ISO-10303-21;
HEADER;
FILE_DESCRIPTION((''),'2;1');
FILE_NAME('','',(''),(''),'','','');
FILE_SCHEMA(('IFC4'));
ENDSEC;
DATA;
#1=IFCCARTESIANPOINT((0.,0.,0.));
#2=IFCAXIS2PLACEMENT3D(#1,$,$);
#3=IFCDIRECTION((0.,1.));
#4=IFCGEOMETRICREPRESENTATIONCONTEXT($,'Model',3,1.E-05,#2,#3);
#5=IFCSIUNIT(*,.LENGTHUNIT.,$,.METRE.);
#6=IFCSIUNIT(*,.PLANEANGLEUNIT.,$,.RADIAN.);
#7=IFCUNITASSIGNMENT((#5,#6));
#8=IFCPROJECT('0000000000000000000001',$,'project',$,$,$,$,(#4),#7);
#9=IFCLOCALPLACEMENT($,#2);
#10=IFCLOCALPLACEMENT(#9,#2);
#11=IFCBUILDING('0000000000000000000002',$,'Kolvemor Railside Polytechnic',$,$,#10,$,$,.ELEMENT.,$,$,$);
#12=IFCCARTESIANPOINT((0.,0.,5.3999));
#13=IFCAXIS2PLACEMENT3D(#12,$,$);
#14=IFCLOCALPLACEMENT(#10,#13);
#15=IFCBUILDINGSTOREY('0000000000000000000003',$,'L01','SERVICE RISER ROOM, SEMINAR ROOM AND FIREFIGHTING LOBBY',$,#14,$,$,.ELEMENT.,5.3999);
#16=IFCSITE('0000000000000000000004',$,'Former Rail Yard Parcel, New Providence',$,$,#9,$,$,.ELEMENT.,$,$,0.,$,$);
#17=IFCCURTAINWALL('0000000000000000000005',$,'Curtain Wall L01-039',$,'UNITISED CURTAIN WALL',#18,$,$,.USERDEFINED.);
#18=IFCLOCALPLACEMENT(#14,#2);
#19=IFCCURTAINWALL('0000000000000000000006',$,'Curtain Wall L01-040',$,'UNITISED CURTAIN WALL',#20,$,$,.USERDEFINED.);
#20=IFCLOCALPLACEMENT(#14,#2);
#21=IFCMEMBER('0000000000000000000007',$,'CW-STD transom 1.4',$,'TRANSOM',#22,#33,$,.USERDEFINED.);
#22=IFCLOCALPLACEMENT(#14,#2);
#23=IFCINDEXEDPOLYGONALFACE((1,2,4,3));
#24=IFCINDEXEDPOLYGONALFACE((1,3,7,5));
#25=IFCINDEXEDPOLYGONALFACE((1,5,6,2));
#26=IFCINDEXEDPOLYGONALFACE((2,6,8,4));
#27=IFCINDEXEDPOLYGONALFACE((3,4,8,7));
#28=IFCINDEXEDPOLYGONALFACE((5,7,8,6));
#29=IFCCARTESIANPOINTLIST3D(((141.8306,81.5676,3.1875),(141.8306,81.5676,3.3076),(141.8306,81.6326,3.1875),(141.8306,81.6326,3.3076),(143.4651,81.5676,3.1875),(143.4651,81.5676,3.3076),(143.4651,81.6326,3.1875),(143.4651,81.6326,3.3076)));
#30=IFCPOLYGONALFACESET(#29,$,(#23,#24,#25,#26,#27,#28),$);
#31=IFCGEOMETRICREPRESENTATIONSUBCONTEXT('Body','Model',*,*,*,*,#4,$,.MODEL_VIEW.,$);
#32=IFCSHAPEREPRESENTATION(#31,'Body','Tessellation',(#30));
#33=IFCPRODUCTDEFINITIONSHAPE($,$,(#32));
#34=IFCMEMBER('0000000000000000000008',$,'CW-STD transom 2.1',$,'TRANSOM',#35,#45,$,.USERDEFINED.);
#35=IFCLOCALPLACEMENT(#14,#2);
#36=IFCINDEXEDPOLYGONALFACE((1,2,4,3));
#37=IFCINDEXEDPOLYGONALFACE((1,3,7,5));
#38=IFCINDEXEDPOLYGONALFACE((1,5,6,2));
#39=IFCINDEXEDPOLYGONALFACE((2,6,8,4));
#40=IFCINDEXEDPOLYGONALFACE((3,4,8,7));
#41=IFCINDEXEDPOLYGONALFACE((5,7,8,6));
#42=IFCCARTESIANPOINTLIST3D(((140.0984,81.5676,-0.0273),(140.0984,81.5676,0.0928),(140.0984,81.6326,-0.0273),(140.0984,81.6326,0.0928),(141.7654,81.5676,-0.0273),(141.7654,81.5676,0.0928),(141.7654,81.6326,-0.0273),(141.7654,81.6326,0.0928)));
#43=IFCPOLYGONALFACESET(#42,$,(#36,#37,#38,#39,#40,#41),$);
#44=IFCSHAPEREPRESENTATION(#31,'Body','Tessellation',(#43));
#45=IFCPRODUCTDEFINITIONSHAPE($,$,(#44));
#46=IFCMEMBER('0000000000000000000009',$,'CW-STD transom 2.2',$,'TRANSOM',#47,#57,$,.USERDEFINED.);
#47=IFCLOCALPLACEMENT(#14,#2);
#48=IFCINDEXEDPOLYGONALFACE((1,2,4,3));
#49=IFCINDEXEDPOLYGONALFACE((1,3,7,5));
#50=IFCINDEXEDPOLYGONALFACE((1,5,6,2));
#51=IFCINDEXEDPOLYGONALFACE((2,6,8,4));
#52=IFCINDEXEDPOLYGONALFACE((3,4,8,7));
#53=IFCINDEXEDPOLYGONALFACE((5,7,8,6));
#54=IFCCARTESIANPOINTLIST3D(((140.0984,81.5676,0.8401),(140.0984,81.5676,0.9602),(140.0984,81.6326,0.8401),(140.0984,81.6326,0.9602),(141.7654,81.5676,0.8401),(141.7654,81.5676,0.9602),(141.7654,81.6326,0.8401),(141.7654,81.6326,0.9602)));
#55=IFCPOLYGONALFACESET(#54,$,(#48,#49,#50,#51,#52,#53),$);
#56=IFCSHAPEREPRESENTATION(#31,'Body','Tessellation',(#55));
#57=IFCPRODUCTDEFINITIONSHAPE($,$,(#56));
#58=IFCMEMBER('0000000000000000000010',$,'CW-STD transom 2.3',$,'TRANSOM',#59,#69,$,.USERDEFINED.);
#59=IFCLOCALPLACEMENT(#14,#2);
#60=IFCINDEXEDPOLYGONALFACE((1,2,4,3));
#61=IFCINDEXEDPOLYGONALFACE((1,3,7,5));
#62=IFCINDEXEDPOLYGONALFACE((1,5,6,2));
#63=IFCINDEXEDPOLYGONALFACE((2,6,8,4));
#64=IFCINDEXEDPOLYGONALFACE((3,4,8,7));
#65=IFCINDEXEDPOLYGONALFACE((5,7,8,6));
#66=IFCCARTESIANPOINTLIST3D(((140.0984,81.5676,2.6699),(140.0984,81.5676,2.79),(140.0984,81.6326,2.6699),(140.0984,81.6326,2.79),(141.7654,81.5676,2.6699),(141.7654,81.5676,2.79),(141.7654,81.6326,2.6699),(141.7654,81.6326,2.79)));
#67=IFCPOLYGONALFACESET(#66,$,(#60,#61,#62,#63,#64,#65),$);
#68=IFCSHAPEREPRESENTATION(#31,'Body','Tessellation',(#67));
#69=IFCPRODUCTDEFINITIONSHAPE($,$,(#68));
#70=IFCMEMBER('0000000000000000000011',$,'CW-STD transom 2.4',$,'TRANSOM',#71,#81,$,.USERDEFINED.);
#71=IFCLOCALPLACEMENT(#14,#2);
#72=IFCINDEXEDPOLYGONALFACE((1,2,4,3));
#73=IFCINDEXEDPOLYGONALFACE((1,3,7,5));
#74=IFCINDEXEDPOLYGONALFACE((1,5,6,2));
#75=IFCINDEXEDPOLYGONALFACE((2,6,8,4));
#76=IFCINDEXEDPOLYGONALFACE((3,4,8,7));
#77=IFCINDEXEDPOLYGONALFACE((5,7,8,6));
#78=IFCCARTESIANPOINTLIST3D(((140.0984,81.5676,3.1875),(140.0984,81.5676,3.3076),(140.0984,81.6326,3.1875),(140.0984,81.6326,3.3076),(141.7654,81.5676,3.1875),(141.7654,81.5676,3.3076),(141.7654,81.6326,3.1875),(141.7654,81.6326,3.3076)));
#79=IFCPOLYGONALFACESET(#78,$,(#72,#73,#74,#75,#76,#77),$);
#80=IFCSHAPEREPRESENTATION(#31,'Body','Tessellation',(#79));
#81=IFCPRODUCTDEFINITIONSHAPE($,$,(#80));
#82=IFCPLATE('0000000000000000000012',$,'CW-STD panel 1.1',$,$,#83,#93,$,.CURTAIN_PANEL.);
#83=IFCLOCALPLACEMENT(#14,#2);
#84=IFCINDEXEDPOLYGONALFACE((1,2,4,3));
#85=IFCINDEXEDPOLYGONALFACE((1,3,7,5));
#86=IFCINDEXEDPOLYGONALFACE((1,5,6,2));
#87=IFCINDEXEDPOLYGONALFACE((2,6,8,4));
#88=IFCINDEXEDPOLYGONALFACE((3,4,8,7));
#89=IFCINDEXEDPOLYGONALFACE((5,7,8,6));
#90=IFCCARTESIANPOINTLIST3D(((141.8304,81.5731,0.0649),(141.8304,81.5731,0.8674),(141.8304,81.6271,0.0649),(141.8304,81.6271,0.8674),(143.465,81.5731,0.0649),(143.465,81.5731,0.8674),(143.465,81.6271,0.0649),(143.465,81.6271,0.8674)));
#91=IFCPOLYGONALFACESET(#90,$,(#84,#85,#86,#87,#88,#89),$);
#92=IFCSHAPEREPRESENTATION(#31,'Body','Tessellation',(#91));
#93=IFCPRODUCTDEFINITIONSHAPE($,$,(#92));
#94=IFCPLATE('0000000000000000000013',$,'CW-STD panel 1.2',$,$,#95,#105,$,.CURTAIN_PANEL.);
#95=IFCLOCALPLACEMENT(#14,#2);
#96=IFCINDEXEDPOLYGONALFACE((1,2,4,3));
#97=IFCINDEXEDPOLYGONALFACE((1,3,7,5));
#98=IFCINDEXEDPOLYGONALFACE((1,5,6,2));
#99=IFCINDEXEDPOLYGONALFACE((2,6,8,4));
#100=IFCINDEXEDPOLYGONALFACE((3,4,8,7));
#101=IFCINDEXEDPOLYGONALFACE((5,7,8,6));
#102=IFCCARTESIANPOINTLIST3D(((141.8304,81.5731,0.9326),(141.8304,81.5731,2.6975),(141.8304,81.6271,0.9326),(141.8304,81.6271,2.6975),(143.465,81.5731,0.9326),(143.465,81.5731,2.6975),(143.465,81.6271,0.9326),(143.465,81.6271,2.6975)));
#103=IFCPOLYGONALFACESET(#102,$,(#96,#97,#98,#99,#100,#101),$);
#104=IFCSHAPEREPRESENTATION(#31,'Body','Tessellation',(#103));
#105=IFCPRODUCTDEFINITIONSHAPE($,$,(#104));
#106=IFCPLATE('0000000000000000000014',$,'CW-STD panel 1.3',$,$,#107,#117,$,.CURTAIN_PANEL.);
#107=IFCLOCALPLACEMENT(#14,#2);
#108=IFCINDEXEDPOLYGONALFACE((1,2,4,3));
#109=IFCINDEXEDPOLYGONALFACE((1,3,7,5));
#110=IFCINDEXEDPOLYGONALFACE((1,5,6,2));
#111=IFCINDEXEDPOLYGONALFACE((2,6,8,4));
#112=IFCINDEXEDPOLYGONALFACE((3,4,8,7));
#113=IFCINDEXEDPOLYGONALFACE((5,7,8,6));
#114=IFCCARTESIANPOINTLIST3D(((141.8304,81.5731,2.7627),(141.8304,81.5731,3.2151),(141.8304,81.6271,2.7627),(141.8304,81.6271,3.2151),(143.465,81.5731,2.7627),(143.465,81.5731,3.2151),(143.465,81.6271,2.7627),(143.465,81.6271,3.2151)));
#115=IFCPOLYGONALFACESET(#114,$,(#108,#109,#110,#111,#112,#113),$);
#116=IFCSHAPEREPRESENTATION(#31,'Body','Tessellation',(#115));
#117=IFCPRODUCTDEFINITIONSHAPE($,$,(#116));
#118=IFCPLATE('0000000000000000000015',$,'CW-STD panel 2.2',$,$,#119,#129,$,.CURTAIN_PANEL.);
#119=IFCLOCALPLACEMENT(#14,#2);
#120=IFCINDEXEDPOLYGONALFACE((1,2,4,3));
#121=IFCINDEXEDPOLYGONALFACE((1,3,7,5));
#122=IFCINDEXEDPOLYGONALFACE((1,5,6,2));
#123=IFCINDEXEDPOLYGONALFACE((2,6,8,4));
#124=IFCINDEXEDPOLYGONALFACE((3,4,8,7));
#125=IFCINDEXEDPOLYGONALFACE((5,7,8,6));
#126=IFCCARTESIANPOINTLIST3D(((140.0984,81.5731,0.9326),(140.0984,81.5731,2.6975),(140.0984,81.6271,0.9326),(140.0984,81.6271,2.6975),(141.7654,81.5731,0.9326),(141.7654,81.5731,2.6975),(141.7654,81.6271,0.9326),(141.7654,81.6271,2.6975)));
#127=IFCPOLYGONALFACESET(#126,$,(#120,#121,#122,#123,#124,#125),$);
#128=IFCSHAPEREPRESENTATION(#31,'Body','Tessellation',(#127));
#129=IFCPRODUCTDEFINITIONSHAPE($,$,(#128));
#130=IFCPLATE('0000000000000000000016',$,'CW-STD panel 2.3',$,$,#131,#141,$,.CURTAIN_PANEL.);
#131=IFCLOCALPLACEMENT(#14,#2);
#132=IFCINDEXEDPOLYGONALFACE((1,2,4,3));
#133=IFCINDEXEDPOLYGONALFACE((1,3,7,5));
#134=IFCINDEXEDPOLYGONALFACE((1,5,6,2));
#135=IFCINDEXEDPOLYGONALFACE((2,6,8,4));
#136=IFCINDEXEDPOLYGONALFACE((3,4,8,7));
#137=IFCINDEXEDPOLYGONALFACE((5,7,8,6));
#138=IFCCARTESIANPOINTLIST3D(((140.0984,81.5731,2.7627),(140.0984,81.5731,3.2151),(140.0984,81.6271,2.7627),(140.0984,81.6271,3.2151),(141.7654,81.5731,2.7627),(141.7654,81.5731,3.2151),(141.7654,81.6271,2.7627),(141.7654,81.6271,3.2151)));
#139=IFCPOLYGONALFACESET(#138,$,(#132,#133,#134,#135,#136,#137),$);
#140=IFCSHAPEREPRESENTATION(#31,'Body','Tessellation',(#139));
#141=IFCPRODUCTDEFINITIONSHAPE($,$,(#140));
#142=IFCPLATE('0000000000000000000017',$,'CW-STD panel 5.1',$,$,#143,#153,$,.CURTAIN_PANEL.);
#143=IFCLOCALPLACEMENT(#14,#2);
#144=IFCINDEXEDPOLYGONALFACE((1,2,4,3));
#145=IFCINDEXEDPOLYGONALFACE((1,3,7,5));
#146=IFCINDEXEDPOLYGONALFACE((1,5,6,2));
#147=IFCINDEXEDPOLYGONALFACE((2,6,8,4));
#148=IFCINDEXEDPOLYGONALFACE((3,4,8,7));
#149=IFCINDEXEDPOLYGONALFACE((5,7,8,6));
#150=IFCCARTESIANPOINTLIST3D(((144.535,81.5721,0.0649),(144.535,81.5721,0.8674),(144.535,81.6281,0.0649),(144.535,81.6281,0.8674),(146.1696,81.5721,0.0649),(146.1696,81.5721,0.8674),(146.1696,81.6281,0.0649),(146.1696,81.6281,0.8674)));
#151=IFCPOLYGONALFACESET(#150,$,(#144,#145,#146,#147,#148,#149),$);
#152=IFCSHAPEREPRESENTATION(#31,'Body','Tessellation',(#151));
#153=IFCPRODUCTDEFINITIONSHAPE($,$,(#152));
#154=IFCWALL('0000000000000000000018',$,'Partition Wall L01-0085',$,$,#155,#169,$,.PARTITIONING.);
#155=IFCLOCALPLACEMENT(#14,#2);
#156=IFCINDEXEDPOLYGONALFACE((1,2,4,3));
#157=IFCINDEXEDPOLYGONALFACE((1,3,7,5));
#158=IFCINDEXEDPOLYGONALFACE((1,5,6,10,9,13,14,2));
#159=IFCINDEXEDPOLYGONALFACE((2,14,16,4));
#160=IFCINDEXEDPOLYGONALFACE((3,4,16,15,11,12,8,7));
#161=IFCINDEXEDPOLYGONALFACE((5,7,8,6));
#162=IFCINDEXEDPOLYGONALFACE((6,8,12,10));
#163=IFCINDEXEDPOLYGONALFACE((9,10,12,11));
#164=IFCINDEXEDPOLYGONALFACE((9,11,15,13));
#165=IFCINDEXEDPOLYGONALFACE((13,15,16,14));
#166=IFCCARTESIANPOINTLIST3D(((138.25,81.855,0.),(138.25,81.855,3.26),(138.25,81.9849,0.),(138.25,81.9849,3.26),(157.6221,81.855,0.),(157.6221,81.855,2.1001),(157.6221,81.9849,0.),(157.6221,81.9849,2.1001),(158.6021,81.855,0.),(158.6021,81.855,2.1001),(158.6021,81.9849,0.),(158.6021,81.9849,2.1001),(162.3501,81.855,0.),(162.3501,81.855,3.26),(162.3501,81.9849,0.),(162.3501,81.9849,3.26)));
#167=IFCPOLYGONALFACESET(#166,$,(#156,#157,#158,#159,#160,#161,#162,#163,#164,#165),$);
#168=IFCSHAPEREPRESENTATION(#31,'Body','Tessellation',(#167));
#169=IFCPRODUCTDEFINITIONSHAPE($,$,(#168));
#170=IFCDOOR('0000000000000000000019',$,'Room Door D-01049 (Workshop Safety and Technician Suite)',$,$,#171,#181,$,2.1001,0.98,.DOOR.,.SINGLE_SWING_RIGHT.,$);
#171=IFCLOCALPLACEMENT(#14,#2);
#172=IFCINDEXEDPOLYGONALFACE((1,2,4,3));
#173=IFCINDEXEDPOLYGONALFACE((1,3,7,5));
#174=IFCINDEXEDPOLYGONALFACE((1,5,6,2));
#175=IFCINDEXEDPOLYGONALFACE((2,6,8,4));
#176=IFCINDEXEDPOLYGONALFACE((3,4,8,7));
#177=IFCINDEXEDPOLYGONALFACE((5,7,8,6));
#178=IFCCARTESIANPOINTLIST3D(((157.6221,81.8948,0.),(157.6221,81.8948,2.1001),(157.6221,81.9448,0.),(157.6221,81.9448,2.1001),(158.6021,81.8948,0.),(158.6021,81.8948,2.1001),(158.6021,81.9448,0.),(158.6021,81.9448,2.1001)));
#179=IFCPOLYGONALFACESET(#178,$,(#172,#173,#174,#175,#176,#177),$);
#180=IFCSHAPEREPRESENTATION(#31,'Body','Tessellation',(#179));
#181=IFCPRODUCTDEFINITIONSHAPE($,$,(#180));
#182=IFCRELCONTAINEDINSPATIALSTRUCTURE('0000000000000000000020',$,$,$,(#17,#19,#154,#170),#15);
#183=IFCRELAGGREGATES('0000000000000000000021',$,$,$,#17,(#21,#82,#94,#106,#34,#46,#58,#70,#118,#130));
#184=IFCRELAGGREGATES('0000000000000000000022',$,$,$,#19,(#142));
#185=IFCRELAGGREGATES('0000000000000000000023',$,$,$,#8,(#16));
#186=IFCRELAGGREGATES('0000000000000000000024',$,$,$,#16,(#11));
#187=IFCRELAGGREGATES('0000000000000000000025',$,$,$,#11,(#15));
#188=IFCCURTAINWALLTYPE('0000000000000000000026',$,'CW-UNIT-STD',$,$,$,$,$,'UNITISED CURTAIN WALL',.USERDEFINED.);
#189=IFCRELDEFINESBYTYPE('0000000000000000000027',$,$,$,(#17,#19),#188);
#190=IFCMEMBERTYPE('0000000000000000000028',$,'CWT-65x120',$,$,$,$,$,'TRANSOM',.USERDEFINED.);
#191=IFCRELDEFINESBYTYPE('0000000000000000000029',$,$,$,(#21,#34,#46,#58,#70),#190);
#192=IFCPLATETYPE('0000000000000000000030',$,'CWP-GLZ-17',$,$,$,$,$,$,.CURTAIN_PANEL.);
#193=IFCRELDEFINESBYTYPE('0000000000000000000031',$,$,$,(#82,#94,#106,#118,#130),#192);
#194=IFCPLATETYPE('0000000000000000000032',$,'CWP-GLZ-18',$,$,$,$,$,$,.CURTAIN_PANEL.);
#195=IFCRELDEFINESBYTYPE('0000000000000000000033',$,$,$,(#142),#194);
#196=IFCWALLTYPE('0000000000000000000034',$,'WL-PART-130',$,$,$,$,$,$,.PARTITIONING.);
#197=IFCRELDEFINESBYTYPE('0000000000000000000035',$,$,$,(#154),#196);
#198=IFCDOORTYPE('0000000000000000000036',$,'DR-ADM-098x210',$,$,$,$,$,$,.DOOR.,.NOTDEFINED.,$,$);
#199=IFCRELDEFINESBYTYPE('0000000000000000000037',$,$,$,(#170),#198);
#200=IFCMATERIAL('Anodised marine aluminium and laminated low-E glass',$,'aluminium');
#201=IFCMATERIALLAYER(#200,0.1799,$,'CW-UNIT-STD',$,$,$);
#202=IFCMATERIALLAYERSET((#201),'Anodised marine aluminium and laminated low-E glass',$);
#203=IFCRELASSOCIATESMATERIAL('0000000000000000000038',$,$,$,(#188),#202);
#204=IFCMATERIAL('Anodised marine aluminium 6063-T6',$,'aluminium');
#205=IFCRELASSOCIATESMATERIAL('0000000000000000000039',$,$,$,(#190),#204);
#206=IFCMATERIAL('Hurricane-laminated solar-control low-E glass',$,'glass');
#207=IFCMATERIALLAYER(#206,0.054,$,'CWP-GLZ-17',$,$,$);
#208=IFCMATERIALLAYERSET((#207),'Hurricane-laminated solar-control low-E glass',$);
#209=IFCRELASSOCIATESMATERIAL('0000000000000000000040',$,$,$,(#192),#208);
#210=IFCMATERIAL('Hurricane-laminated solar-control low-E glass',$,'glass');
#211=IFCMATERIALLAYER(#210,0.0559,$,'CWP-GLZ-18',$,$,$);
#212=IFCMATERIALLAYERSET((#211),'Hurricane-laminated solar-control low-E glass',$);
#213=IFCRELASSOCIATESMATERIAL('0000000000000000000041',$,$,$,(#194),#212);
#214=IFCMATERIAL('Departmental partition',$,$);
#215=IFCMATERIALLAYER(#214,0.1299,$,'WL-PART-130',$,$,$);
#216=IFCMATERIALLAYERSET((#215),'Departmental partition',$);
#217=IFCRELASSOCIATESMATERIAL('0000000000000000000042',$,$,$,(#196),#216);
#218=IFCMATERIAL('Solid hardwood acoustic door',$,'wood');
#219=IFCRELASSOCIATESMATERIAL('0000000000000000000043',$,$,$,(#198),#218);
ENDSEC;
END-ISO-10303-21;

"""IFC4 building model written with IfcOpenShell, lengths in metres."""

from ifc_helpers import new_model, si_unit, direction, frame, frame_2d, origin, origin_2d, place, context, subcontext, project, spatial, rectangle, extrude, material, layer, layer_set, material_profile, profile_set, type_object, element, fill, aggregate, save


model = new_model("IFC4")

# Units and contexts
model_context = context("Model", 3, precision=1e-05, world=origin(), true_north=direction((0.0, 1.0)))
body_context = subcontext(model_context, "Body", "Model", "MODEL_VIEW")
ifc_project = project(units=[si_unit("LENGTHUNIT", "METRE"), si_unit("PLANEANGLEUNIT", "RADIAN")], contexts=[model_context])

# Site, building, storey
site_placement = place(None, origin())
site = spatial("IfcSite", under=ifc_project, at=site_placement, Name="Former Rail Yard Parcel, New Providence", CompositionType="ELEMENT", RefElevation=0.0)
building_placement = place(site_placement, origin())
building = spatial("IfcBuilding", under=site, at=building_placement, Name="Kolvemor Railside Polytechnic", CompositionType="ELEMENT")
storey_placement = place(building_placement, frame((0.0, 0.0, 5.3999)))
storey = spatial("IfcBuildingStorey", under=building, at=storey_placement, Name="L01", Description="SERVICE RISER ROOM, SEMINAR ROOM AND FIREFIGHTING LOBBY", CompositionType="ELEMENT", Elevation=5.3999)

# Curtain wall
ifc_material_1 = material(Name="Anodised marine aluminium and laminated low-E glass", Category="aluminium")
ifc_layer_1 = layer(ifc_material_1, 0.1799, Name="CW-UNIT-STD")
ifc_layer_set_1 = layer_set([ifc_layer_1], Name="Anodised marine aluminium and laminated low-E glass")
curtain_wall_type = type_object("IfcCurtainWallType", Name="CW-UNIT-STD", ElementType="UNITISED CURTAIN WALL", PredefinedType="USERDEFINED", material=ifc_layer_set_1)
curtain_wall_1_placement = place(storey_placement, origin())
curtain_wall_1 = element("IfcCurtainWall", 1, at=curtain_wall_1_placement, inside=storey, type_object=curtain_wall_type, Name="Curtain Wall L01-039", ObjectType="UNITISED CURTAIN WALL", PredefinedType="USERDEFINED")

# Curtain wall
curtain_wall_2_placement = place(storey_placement, origin())
curtain_wall_2 = element("IfcCurtainWall", 2, at=curtain_wall_2_placement, inside=storey, type_object=curtain_wall_type, Name="Curtain Wall L01-040", ObjectType="UNITISED CURTAIN WALL", PredefinedType="USERDEFINED")

# Members
ifc_material_2 = material(Name="Anodised marine aluminium 6063-T6", Category="aluminium")
ifc_material_profile_1 = material_profile(ifc_material_2, rectangle(XDim=0.0649, YDim=0.1201, at=origin_2d()), Name="CW-TRN-65x120")
ifc_profile_set_1 = profile_set([ifc_material_profile_1], Name="Anodised marine aluminium 6063-T6")
member_type_1 = type_object("IfcMemberType", Name="CWT-65x120", ElementType="TRANSOM", PredefinedType="USERDEFINED", material=ifc_profile_set_1)
member_1_placement = place(storey_placement, frame((143.4651, 81.6001, 3.2476), z_axis=(-1.0, 0.0, 0.0), x_axis=(0.0, -1.0, 0.0)))
member_1 = element("IfcMember", 3, at=member_1_placement, type_object=member_type_1, Name="CW-STD transom 1.4", ObjectType="TRANSOM", PredefinedType="USERDEFINED", context=body_context, shape_type="SweptSolid", body=[
    extrude(rectangle(XDim=0.0649, YDim=0.1201, at=origin_2d()), origin(), (0.0, 0.0, 1.0), 1.6345),
])
member_2_placement = place(storey_placement, frame((141.7654, 81.6001, 0.0327), z_axis=(-1.0, 0.0, 0.0), x_axis=(0.0, -1.0, 0.0)))
member_2 = element("IfcMember", 4, at=member_2_placement, type_object=member_type_1, Name="CW-STD transom 2.1", ObjectType="TRANSOM", PredefinedType="USERDEFINED", context=body_context, shape_type="SweptSolid", body=[
    extrude(rectangle(XDim=0.0649, YDim=0.1201, at=origin_2d()), origin(), (0.0, 0.0, 1.0), 1.667),
])
member_3_placement = place(storey_placement, frame((141.7654, 81.6001, 0.9001), z_axis=(-1.0, 0.0, 0.0), x_axis=(0.0, -1.0, 0.0)))
member_3 = element("IfcMember", 5, at=member_3_placement, type_object=member_type_1, Name="CW-STD transom 2.2", ObjectType="TRANSOM", PredefinedType="USERDEFINED", context=body_context, shape_type="SweptSolid", body=[
    extrude(rectangle(XDim=0.0649, YDim=0.1201, at=origin_2d()), origin(), (0.0, 0.0, 1.0), 1.667),
])
member_4_placement = place(storey_placement, frame((141.7654, 81.6001, 2.73), z_axis=(-1.0, 0.0, 0.0), x_axis=(0.0, -1.0, 0.0)))
member_4 = element("IfcMember", 6, at=member_4_placement, type_object=member_type_1, Name="CW-STD transom 2.3", ObjectType="TRANSOM", PredefinedType="USERDEFINED", context=body_context, shape_type="SweptSolid", body=[
    extrude(rectangle(XDim=0.0649, YDim=0.1201, at=origin_2d()), origin(), (0.0, 0.0, 1.0), 1.667),
])
member_5_placement = place(storey_placement, frame((141.7654, 81.6001, 3.2476), z_axis=(-1.0, 0.0, 0.0), x_axis=(0.0, -1.0, 0.0)))
member_5 = element("IfcMember", 7, at=member_5_placement, type_object=member_type_1, Name="CW-STD transom 2.4", ObjectType="TRANSOM", PredefinedType="USERDEFINED", context=body_context, shape_type="SweptSolid", body=[
    extrude(rectangle(XDim=0.0649, YDim=0.1201, at=origin_2d()), origin(), (0.0, 0.0, 1.0), 1.667),
])

# Plates
ifc_material_3 = material(Name="Hurricane-laminated solar-control low-E glass", Category="glass")
ifc_layer_2 = layer(ifc_material_3, 0.054, Name="CWP-GLZ-17")
ifc_layer_set_2 = layer_set([ifc_layer_2], Name="Hurricane-laminated solar-control low-E glass")
plate_type_1 = type_object("IfcPlateType", Name="CWP-GLZ-17", PredefinedType="CURTAIN_PANEL", material=ifc_layer_set_2)
plate_1_placement = place(storey_placement, frame((142.6477, 81.6001, 0.0649), z_axis=(0.0, 0.0, 1.0), x_axis=(-1.0, 0.0, 0.0)))
plate_1 = element("IfcPlate", 8, at=plate_1_placement, type_object=plate_type_1, Name="CW-STD panel 1.1", PredefinedType="CURTAIN_PANEL", context=body_context, shape_type="SweptSolid", body=[
    extrude(rectangle(XDim=1.6345, YDim=0.054, at=origin_2d()), origin(), (0.0, 0.0, 1.0), 0.8025),
])
plate_2_placement = place(storey_placement, frame((142.6477, 81.6001, 0.9326), z_axis=(0.0, 0.0, 1.0), x_axis=(-1.0, 0.0, 0.0)))
plate_2 = element("IfcPlate", 9, at=plate_2_placement, type_object=plate_type_1, Name="CW-STD panel 1.2", PredefinedType="CURTAIN_PANEL", context=body_context, shape_type="SweptSolid", body=[
    extrude(rectangle(XDim=1.6345, YDim=0.054, at=origin_2d()), origin(), (0.0, 0.0, 1.0), 1.7649),
])
plate_3_placement = place(storey_placement, frame((142.6477, 81.6001, 2.7627), z_axis=(0.0, 0.0, 1.0), x_axis=(-1.0, 0.0, 0.0)))
plate_3 = element("IfcPlate", 10, at=plate_3_placement, type_object=plate_type_1, Name="CW-STD panel 1.3", PredefinedType="CURTAIN_PANEL", context=body_context, shape_type="SweptSolid", body=[
    extrude(rectangle(XDim=1.6345, YDim=0.054, at=origin_2d()), origin(), (0.0, 0.0, 1.0), 0.4524),
])
plate_4_placement = place(storey_placement, frame((140.9319, 81.6001, 0.9326), z_axis=(0.0, 0.0, 1.0), x_axis=(-1.0, 0.0, 0.0)))
plate_4 = element("IfcPlate", 11, at=plate_4_placement, type_object=plate_type_1, Name="CW-STD panel 2.2", PredefinedType="CURTAIN_PANEL", context=body_context, shape_type="SweptSolid", body=[
    extrude(rectangle(XDim=1.667, YDim=0.054, at=origin_2d()), origin(), (0.0, 0.0, 1.0), 1.7649),
])
plate_5_placement = place(storey_placement, frame((140.9319, 81.6001, 2.7627), z_axis=(0.0, 0.0, 1.0), x_axis=(-1.0, 0.0, 0.0)))
plate_5 = element("IfcPlate", 12, at=plate_5_placement, type_object=plate_type_1, Name="CW-STD panel 2.3", PredefinedType="CURTAIN_PANEL", context=body_context, shape_type="SweptSolid", body=[
    extrude(rectangle(XDim=1.667, YDim=0.054, at=origin_2d()), origin(), (0.0, 0.0, 1.0), 0.4524),
])
aggregate(curtain_wall_1, [member_1, plate_1, plate_2, plate_3, member_2, member_3, member_4, member_5, plate_4, plate_5])
ifc_material_4 = material(Name="Hurricane-laminated solar-control low-E glass", Category="glass")
ifc_layer_3 = layer(ifc_material_4, 0.0559, Name="CWP-GLZ-18")
ifc_layer_set_3 = layer_set([ifc_layer_3], Name="Hurricane-laminated solar-control low-E glass")
plate_type_2 = type_object("IfcPlateType", Name="CWP-GLZ-18", PredefinedType="CURTAIN_PANEL", material=ifc_layer_set_3)
plate_6_placement = place(storey_placement, frame((145.3523, 81.6001, 0.0649), z_axis=(0.0, 0.0, 1.0), x_axis=(-1.0, 0.0, 0.0)))
plate_6 = element("IfcPlate", 13, at=plate_6_placement, type_object=plate_type_2, Name="CW-STD panel 5.1", PredefinedType="CURTAIN_PANEL", context=body_context, shape_type="SweptSolid", body=[
    extrude(rectangle(XDim=1.6345, YDim=0.0559, at=origin_2d()), origin(), (0.0, 0.0, 1.0), 0.8025),
])
aggregate(curtain_wall_2, [plate_6])

# Wall, opening, door
ifc_material_5 = material(Name="Departmental partition")
ifc_layer_4 = layer(ifc_material_5, 0.1299, Name="WL-PART-130")
ifc_layer_set_4 = layer_set([ifc_layer_4], Name="Departmental partition")
wall_type_1 = type_object("IfcWallType", Name="WL-PART-130", PredefinedType="PARTITIONING", material=ifc_layer_set_4)
wall_1_placement = place(storey_placement, frame((138.25, 81.9199, 0.0), z_axis=(0.0, 0.0, 1.0), x_axis=(1.0, 0.0, 0.0)))
wall_1 = element("IfcWall", 14, at=wall_1_placement, inside=storey, type_object=wall_type_1, Name="Partition Wall L01-0085", PredefinedType="PARTITIONING", context=body_context, shape_type="SweptSolid", body=[
    extrude(rectangle(XDim=24.1001, YDim=0.1299, at=frame_2d((12.05, 0.0))), origin(), (0.0, 0.0, 1.0), 3.26),
])
opening_placement = place(wall_1_placement, frame((19.3721, 0.0, 0.0)))
opening = element("IfcOpeningElement", 15, at=opening_placement, cuts=wall_1, PredefinedType="OPENING", context=body_context, shape_type="SweptSolid", body=[
    extrude(rectangle(XDim=0.98, YDim=2.1001, at=frame_2d((0.49, 1.05))), frame((0.0, 0.075, 0.0), z_axis=(0.0, -1.0, 0.0), x_axis=(1.0, 0.0, 0.0)), (0.0, 0.0, 1.0), 0.1499),
])
ifc_material_6 = material(Name="Solid hardwood acoustic door", Category="wood")
door_type = type_object("IfcDoorType", Name="DR-ADM-098x210", OperationType="NOTDEFINED", PredefinedType="DOOR", material=ifc_material_6)
door_placement = place(opening_placement, origin())
door = element("IfcDoor", 16, at=door_placement, inside=storey, type_object=door_type, Name="Room Door D-01049 (Workshop Safety and Technician Suite)", OperationType="SINGLE_SWING_RIGHT", OverallHeight=2.1001, OverallWidth=0.98, PredefinedType="DOOR", context=body_context, shape_type="SweptSolid", body=[
    extrude(rectangle(XDim=0.98, YDim=2.1001, at=frame_2d((0.49, 1.05))), frame((0.0, 0.0249, 0.0), z_axis=(0.0, -1.0, 0.0), x_axis=(1.0, 0.0, 0.0)), (0.0, 0.0, 1.0), 0.05),
])
fill(opening, door)

save(model, "model.ifc")
